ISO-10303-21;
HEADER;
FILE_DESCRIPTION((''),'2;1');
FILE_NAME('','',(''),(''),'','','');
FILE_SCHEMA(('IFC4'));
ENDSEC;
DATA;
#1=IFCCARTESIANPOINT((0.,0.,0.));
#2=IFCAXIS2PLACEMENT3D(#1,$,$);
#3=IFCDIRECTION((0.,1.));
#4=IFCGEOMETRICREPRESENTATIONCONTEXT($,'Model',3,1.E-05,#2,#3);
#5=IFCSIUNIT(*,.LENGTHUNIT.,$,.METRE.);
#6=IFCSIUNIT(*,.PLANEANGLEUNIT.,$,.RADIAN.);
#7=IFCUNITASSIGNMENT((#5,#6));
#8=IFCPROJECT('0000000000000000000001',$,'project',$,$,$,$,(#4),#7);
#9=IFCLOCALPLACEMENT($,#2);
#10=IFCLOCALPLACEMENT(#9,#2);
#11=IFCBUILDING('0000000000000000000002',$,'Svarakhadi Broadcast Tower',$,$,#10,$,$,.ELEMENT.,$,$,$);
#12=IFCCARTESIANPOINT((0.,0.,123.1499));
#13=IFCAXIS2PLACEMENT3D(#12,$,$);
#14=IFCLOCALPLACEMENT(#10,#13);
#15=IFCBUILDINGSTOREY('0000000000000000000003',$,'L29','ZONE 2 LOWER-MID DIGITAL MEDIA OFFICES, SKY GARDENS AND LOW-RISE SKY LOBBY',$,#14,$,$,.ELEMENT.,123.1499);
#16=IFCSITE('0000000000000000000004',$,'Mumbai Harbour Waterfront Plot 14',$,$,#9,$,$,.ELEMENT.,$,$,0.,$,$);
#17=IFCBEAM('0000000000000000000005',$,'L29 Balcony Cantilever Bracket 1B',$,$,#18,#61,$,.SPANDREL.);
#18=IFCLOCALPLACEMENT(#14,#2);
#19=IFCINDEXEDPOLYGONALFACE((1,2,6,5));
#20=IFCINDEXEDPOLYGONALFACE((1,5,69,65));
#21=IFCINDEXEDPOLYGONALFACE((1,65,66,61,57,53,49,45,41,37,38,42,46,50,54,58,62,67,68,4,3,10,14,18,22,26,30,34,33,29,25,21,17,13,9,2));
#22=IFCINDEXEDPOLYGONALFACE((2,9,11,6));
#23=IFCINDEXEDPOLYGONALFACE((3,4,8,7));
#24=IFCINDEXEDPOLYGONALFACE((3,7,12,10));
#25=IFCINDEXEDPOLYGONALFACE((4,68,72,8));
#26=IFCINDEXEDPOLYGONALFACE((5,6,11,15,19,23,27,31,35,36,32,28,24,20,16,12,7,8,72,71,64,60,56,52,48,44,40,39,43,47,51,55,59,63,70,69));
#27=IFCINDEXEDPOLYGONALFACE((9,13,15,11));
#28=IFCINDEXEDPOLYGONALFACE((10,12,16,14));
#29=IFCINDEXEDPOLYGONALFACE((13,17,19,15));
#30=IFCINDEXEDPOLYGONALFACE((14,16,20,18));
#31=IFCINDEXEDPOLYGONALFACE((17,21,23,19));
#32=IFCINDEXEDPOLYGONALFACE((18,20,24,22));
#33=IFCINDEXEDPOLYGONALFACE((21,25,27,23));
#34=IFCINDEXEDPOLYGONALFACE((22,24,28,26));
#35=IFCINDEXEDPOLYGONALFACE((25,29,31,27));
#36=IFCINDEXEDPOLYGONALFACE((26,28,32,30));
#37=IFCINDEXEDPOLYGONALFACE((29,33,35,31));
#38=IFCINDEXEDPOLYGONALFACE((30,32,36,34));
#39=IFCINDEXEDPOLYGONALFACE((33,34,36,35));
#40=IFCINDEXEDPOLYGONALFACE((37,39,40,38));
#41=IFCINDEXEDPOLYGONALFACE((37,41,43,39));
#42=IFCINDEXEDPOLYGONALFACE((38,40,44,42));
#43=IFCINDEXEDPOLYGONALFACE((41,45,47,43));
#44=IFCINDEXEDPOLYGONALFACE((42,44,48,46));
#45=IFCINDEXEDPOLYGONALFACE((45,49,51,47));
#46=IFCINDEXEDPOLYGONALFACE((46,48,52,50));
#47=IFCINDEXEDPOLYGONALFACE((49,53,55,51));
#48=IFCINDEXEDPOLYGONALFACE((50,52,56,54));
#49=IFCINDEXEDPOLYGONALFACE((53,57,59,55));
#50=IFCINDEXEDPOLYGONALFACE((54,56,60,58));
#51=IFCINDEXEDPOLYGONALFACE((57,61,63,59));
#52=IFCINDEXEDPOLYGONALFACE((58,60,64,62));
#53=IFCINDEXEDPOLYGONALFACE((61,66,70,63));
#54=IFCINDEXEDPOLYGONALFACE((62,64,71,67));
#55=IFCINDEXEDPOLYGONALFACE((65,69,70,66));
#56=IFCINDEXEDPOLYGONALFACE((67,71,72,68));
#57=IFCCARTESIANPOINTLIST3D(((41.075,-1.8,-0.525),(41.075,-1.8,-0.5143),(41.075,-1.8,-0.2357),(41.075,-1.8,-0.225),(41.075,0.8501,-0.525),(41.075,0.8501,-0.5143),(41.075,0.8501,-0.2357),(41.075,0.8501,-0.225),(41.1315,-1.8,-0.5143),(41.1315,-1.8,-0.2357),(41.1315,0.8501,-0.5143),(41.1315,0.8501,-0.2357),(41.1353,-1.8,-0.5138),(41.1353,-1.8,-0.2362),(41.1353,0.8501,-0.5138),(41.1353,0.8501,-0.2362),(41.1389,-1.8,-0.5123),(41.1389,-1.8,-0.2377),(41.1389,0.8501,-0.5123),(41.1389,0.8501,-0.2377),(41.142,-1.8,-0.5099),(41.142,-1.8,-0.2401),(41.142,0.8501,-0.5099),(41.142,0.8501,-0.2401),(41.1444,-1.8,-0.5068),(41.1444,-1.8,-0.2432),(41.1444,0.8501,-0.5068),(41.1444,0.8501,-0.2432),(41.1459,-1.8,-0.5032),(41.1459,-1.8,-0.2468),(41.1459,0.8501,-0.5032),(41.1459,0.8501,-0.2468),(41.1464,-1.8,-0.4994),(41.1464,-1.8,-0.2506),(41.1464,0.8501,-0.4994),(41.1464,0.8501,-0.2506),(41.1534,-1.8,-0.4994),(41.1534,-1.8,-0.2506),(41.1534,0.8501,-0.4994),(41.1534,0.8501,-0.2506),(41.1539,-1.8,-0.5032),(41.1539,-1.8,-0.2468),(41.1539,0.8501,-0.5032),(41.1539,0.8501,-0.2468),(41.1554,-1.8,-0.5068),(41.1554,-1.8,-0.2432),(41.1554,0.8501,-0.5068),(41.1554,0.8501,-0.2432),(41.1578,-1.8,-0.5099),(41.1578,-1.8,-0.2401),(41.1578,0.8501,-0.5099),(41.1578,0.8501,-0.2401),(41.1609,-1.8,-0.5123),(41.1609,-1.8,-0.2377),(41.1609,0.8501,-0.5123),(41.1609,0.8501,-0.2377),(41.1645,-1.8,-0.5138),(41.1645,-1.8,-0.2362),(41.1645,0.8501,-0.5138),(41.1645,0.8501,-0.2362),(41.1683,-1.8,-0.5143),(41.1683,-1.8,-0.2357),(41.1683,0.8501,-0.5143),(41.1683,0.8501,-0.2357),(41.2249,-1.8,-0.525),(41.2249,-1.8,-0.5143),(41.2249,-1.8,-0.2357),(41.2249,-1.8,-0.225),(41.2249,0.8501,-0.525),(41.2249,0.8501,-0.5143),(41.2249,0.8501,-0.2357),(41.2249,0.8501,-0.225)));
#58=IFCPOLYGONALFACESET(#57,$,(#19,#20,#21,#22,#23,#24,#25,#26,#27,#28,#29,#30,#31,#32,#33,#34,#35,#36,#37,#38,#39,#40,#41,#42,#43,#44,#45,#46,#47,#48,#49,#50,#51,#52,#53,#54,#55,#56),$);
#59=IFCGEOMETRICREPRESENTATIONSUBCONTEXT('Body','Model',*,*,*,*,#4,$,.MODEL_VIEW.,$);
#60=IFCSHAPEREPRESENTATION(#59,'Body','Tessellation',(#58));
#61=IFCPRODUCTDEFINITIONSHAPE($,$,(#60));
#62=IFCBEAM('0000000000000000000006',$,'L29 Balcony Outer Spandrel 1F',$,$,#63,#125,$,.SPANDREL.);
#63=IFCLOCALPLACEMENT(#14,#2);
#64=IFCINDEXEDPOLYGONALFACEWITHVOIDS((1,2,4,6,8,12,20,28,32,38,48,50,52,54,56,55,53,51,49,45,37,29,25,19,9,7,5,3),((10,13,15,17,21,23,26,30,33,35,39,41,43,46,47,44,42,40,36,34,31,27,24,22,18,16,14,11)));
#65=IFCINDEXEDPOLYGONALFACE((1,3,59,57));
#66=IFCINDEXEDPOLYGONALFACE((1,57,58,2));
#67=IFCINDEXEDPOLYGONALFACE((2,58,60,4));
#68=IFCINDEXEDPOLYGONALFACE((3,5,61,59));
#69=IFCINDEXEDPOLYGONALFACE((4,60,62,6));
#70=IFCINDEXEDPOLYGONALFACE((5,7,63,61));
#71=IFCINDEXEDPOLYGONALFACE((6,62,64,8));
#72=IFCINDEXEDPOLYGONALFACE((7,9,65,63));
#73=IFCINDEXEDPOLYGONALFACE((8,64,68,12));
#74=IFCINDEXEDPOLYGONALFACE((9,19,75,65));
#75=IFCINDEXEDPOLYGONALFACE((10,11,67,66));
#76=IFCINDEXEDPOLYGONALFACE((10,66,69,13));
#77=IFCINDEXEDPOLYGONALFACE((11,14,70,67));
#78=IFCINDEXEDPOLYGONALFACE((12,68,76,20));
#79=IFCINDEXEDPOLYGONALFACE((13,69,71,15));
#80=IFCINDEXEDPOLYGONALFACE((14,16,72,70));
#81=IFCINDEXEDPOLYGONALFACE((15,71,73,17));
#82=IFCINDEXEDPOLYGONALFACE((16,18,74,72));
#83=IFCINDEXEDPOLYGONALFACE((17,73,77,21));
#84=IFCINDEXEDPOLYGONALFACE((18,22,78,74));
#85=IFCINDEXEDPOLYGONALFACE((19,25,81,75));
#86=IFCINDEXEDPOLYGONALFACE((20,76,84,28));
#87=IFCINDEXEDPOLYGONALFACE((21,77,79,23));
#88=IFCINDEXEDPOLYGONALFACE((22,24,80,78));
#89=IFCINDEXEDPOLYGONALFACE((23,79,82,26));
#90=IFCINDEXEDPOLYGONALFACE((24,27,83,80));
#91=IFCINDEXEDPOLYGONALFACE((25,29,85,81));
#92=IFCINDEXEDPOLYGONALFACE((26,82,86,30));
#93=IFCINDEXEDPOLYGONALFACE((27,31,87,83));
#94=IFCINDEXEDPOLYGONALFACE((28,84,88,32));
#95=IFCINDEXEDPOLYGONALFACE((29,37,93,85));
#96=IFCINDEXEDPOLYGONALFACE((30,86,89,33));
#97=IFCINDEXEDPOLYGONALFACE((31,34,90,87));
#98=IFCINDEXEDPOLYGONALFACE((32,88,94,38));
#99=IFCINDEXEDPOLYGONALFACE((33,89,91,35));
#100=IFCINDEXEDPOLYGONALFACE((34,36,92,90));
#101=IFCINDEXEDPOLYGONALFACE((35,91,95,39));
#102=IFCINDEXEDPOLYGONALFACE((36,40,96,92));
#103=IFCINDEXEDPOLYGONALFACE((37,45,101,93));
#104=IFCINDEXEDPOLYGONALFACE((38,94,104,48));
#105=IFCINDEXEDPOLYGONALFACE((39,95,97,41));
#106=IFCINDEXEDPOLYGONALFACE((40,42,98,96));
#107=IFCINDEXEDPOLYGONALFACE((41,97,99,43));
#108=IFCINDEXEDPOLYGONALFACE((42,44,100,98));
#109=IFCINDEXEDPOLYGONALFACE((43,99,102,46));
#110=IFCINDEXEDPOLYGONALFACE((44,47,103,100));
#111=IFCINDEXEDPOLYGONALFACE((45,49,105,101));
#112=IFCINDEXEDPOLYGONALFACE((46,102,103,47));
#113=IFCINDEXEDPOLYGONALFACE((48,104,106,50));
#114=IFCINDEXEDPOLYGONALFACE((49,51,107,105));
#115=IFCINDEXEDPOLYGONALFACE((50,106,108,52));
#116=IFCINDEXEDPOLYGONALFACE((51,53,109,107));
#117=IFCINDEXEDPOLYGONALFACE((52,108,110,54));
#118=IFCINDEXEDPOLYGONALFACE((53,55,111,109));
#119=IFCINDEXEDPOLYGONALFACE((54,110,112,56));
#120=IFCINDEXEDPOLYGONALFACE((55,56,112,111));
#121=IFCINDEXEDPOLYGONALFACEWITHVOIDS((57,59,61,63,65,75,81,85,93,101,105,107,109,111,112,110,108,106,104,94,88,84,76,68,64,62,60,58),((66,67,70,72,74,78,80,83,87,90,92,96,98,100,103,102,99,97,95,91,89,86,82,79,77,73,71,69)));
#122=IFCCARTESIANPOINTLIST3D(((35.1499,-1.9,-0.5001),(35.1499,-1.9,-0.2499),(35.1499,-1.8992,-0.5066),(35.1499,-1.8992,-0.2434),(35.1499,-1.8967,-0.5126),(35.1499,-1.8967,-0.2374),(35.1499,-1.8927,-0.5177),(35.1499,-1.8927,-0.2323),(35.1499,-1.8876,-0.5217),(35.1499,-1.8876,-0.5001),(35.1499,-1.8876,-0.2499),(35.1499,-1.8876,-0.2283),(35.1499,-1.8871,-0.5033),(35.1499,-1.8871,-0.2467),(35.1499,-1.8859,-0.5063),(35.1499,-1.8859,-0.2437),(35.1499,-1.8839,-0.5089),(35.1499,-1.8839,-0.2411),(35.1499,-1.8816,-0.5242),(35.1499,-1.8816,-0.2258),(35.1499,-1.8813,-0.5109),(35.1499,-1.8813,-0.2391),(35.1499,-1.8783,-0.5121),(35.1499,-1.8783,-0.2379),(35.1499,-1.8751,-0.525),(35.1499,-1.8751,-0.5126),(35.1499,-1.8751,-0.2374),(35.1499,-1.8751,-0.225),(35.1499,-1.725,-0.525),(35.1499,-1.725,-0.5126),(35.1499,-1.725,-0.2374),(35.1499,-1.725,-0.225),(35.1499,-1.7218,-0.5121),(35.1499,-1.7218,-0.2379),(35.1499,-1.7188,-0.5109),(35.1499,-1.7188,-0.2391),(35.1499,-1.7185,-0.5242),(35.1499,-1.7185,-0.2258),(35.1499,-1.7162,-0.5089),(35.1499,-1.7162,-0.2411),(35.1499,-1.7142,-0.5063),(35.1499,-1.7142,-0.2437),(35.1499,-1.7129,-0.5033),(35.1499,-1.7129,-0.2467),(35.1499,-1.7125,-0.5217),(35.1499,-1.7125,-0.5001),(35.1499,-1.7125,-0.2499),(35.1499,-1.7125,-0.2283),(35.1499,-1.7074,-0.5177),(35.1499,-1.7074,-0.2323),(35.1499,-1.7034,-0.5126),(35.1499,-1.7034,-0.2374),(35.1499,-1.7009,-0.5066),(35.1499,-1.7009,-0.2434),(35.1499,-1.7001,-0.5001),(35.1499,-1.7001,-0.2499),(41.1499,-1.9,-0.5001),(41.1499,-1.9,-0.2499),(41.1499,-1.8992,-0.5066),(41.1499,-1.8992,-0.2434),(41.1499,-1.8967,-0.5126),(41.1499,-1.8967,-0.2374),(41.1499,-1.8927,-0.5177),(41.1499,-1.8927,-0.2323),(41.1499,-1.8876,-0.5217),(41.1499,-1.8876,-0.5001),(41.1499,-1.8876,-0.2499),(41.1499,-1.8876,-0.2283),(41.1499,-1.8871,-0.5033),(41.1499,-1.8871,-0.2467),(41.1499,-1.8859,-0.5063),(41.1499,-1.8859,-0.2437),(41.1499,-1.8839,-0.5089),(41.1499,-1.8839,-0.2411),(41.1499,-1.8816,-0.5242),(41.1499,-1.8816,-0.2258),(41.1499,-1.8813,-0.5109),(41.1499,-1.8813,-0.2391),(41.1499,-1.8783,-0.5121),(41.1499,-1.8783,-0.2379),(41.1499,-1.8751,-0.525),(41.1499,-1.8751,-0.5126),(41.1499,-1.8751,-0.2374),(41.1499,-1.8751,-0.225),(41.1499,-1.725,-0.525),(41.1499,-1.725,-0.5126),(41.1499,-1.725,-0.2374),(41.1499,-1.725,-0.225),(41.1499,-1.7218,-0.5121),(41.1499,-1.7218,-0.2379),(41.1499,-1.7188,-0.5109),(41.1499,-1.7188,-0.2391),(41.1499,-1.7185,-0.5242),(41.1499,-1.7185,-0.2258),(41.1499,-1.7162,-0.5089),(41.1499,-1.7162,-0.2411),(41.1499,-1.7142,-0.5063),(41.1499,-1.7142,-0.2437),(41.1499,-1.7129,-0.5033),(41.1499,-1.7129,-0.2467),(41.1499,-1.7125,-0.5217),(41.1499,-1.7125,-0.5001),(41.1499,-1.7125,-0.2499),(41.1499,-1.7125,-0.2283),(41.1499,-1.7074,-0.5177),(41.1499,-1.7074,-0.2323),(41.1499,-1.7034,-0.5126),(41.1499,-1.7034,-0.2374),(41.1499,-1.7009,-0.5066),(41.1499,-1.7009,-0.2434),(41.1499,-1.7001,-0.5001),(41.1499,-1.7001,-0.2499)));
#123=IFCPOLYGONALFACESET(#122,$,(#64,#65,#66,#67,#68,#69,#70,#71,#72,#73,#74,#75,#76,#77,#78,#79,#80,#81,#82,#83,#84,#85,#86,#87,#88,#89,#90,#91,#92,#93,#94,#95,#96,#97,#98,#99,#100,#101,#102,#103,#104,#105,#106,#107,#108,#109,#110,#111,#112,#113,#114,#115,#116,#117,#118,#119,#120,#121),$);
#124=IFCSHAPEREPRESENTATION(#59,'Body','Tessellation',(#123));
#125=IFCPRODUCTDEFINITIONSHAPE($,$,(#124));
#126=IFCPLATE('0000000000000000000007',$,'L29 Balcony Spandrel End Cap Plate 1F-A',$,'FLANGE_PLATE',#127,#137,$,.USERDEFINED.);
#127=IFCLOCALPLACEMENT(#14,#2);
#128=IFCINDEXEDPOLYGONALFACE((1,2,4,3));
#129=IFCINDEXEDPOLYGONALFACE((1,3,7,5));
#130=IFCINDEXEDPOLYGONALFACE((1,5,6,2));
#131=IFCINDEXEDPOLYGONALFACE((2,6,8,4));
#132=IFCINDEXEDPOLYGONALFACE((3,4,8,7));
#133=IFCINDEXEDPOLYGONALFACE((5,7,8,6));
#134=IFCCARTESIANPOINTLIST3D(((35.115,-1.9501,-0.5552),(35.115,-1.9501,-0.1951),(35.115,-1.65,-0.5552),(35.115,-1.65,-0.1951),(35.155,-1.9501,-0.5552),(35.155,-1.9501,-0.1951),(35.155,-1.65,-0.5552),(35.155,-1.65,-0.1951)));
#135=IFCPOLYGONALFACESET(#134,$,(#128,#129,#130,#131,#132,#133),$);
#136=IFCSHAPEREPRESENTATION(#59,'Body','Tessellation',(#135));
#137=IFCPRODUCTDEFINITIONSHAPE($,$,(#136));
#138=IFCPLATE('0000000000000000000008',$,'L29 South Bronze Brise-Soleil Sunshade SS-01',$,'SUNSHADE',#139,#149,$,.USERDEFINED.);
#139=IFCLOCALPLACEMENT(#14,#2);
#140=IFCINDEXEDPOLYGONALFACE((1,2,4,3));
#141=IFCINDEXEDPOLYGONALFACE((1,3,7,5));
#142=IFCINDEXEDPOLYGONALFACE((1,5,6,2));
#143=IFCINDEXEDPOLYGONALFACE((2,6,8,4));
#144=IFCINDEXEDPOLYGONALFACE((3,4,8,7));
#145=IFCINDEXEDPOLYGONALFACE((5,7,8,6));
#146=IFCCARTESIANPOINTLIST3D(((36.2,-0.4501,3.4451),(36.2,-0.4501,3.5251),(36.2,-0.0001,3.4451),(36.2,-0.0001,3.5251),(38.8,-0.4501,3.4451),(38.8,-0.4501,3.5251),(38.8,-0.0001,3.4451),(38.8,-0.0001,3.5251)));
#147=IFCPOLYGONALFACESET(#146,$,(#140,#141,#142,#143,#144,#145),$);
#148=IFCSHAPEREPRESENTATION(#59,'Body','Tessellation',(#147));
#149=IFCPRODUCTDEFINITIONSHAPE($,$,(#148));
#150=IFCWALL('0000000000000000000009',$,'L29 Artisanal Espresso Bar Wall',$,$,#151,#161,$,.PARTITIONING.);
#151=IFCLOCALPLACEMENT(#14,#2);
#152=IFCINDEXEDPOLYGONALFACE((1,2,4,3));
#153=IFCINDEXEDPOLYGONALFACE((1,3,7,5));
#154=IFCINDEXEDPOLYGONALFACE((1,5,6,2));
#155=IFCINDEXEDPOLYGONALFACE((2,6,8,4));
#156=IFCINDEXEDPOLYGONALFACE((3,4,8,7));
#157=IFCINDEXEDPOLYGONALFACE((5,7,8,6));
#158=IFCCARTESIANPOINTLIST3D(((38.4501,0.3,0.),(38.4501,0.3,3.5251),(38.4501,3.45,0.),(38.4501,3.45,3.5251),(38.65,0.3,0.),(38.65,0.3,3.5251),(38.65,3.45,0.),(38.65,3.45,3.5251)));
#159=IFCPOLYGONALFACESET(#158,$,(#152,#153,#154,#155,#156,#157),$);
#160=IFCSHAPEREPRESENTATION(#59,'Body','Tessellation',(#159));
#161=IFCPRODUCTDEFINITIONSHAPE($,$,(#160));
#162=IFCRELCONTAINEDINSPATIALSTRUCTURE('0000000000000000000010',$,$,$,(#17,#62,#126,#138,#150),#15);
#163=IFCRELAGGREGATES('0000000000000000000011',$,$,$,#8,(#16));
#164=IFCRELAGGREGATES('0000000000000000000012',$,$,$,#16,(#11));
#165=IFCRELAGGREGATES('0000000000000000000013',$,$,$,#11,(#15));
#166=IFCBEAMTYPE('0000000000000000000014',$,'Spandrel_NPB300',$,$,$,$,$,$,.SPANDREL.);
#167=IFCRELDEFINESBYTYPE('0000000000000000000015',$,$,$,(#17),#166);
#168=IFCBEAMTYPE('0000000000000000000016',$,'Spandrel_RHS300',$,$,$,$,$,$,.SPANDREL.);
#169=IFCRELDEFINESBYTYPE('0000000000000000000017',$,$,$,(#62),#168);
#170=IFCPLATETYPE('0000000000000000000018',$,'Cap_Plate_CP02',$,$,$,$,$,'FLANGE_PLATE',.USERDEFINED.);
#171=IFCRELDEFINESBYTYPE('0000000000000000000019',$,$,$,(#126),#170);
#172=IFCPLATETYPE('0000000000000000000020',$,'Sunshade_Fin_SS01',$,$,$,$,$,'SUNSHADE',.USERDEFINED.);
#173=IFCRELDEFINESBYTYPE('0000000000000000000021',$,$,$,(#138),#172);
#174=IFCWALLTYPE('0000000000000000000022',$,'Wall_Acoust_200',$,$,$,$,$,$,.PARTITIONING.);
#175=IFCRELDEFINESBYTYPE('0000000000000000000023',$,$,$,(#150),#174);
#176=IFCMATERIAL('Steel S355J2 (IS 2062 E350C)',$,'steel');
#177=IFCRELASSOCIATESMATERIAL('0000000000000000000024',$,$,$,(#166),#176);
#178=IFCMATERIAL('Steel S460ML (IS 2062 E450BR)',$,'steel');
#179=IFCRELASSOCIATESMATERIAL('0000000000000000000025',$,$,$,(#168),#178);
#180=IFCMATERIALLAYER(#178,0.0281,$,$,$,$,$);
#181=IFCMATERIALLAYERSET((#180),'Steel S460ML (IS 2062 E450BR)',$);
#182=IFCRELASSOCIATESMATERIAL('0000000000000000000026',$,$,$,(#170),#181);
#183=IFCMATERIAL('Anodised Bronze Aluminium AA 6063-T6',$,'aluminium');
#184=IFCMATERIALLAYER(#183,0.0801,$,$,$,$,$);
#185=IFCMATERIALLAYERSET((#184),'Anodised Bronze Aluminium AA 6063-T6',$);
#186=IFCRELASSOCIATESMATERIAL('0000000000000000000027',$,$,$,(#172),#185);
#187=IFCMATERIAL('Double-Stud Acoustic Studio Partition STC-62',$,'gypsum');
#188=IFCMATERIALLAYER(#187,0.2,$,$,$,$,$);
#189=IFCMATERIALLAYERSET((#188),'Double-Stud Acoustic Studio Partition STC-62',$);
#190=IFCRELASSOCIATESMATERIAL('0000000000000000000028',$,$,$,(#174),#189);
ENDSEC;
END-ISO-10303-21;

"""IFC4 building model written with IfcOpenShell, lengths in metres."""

from ifc_helpers import new_model, si_unit, direction, frame, frame_2d, origin, origin_2d, place, context, subcontext, project, spatial, rectangle, hollow_rectangle, i_section, extrude, material, layer, layer_set, material_profile, profile_set, type_object, element, save


model = new_model("IFC4")

# Units and contexts
model_context = context("Model", 3, precision=1e-05, world=origin(), true_north=direction((0.0, 1.0)))
body_context = subcontext(model_context, "Body", "Model", "MODEL_VIEW")
ifc_project = project(units=[si_unit("LENGTHUNIT", "METRE"), si_unit("PLANEANGLEUNIT", "RADIAN")], contexts=[model_context])

# Site, building, storey
site_placement = place(None, origin())
site = spatial("IfcSite", under=ifc_project, at=site_placement, Name="Mumbai Harbour Waterfront Plot 14", CompositionType="ELEMENT", RefElevation=0.0)
building_placement = place(site_placement, origin())
building = spatial("IfcBuilding", under=site, at=building_placement, Name="Svarakhadi Broadcast Tower", CompositionType="ELEMENT")
storey_placement = place(building_placement, frame((0.0, 0.0, 123.1499)))
storey = spatial("IfcBuildingStorey", under=building, at=storey_placement, Name="L29", Description="ZONE 2 LOWER-MID DIGITAL MEDIA OFFICES, SKY GARDENS AND LOW-RISE SKY LOBBY", CompositionType="ELEMENT", Elevation=123.1499)

# Shared definitions
ifc_material_1 = material(Name="Steel S460ML (IS 2062 E450BR)", Category="steel")

# Shared definitions
ifc_material_2 = material(Name="Steel S355J2 (IS 2062 E350C)", Category="steel")

# Shared definitions
ifc_material_3 = material(Name="Anodised Bronze Aluminium AA 6063-T6", Category="aluminium")

# Beams
ifc_material_profile_1 = material_profile(ifc_material_2, i_section(OverallWidth=0.1499, OverallDepth=0.3, WebThickness=0.0071, FlangeThickness=0.0107, FilletRadius=0.0149, at=origin_2d()), Name="NPB 300x150x37")
ifc_profile_set_1 = profile_set([ifc_material_profile_1], Name="Steel S355J2 (IS 2062 E350C)")
beam_type_1 = type_object("IfcBeamType", Name="Spandrel_NPB300", PredefinedType="SPANDREL", material=ifc_profile_set_1)
for number, where, z_axis, x_axis, name in (
    (1, (41.1499, 0.8501, -0.375), (0.0, -1.0, 0.0), (1.0, 0.0, 0.0), "L29 Balcony Cantilever Bracket 1B"),
):
    element("IfcBeam", number, at=place(storey_placement, frame(where, z_axis=z_axis, x_axis=x_axis)), inside=storey, type_object=beam_type_1, Name=name, PredefinedType="SPANDREL", context=body_context, shape_type="SweptSolid", body=[
        extrude(i_section(OverallWidth=0.1499, OverallDepth=0.3, WebThickness=0.0071, FlangeThickness=0.0107, FilletRadius=0.0149, at=origin_2d()), origin(), (0.0, 0.0, 1.0), 2.6501),
    ])
ifc_material_profile_2 = material_profile(ifc_material_1, hollow_rectangle(XDim=0.2, YDim=0.3, WallThickness=0.0125, InnerFilletRadius=0.0125, OuterFilletRadius=0.0249, at=origin_2d()), Name="RHS 300x200x12.5")
ifc_profile_set_2 = profile_set([ifc_material_profile_2], Name="Steel S460ML (IS 2062 E450BR)")
beam_type_2 = type_object("IfcBeamType", Name="Spandrel_RHS300", PredefinedType="SPANDREL", material=ifc_profile_set_2)
beam_1_placement = place(storey_placement, frame((35.1499, -1.8, -0.375), z_axis=(1.0, 0.0, 0.0), x_axis=(0.0, 1.0, 0.0)))
element("IfcBeam", 2, at=beam_1_placement, inside=storey, type_object=beam_type_2, Name="L29 Balcony Outer Spandrel 1F", PredefinedType="SPANDREL", context=body_context, shape_type="SweptSolid", body=[
    extrude(hollow_rectangle(XDim=0.2, YDim=0.3, WallThickness=0.0125, InnerFilletRadius=0.0125, OuterFilletRadius=0.0249, at=origin_2d()), origin(), (0.0, 0.0, 1.0), 6.0),
])

# Plates
ifc_layer_1 = layer(ifc_material_1, 0.0281)
ifc_layer_set_1 = layer_set([ifc_layer_1], Name="Steel S460ML (IS 2062 E450BR)")
plate_type_1 = type_object("IfcPlateType", Name="Cap_Plate_CP02", ElementType="FLANGE_PLATE", PredefinedType="USERDEFINED", material=ifc_layer_set_1)
plate_1_placement = place(storey_placement, frame((35.135, -1.8, -0.5552), z_axis=(0.0, 0.0, 1.0), x_axis=(1.0, 0.0, 0.0)))
element("IfcPlate", 3, at=plate_1_placement, inside=storey, type_object=plate_type_1, Name="L29 Balcony Spandrel End Cap Plate 1F-A", ObjectType="FLANGE_PLATE", PredefinedType="USERDEFINED", context=body_context, shape_type="SweptSolid", body=[
    extrude(rectangle(XDim=0.04, YDim=0.3, at=origin_2d()), origin(), (0.0, 0.0, 1.0), 0.3601),
])
ifc_layer_2 = layer(ifc_material_3, 0.0801)
ifc_layer_set_2 = layer_set([ifc_layer_2], Name="Anodised Bronze Aluminium AA 6063-T6")
plate_type_2 = type_object("IfcPlateType", Name="Sunshade_Fin_SS01", ElementType="SUNSHADE", PredefinedType="USERDEFINED", material=ifc_layer_set_2)
plate_2_placement = place(storey_placement, frame((37.5, -0.2251, 3.4451), z_axis=(0.0, 0.0, 1.0), x_axis=(1.0, 0.0, 0.0)))
element("IfcPlate", 4, at=plate_2_placement, inside=storey, type_object=plate_type_2, Name="L29 South Bronze Brise-Soleil Sunshade SS-01", ObjectType="SUNSHADE", PredefinedType="USERDEFINED", context=body_context, shape_type="SweptSolid", body=[
    extrude(rectangle(XDim=2.6001, YDim=0.45, at=origin_2d()), origin(), (0.0, 0.0, 1.0), 0.0801),
])

# Wall
ifc_material_4 = material(Name="Double-Stud Acoustic Studio Partition STC-62", Category="gypsum")
ifc_layer_3 = layer(ifc_material_4, 0.2)
ifc_layer_set_3 = layer_set([ifc_layer_3], Name="Double-Stud Acoustic Studio Partition STC-62")
wall_type = type_object("IfcWallType", Name="Wall_Acoust_200", PredefinedType="PARTITIONING", material=ifc_layer_set_3)
wall_placement = place(storey_placement, frame((38.55, 0.3, 0.0), z_axis=(0.0, 0.0, 1.0), x_axis=(0.0, 1.0, 0.0)))
element("IfcWall", 5, at=wall_placement, inside=storey, type_object=wall_type, Name="L29 Artisanal Espresso Bar Wall", PredefinedType="PARTITIONING", context=body_context, shape_type="SweptSolid", body=[
    extrude(rectangle(XDim=3.1499, YDim=0.2, at=frame_2d((1.575, 0.0))), origin(), (0.0, 0.0, 1.0), 3.5251),
])

save(model, "model.ifc")
